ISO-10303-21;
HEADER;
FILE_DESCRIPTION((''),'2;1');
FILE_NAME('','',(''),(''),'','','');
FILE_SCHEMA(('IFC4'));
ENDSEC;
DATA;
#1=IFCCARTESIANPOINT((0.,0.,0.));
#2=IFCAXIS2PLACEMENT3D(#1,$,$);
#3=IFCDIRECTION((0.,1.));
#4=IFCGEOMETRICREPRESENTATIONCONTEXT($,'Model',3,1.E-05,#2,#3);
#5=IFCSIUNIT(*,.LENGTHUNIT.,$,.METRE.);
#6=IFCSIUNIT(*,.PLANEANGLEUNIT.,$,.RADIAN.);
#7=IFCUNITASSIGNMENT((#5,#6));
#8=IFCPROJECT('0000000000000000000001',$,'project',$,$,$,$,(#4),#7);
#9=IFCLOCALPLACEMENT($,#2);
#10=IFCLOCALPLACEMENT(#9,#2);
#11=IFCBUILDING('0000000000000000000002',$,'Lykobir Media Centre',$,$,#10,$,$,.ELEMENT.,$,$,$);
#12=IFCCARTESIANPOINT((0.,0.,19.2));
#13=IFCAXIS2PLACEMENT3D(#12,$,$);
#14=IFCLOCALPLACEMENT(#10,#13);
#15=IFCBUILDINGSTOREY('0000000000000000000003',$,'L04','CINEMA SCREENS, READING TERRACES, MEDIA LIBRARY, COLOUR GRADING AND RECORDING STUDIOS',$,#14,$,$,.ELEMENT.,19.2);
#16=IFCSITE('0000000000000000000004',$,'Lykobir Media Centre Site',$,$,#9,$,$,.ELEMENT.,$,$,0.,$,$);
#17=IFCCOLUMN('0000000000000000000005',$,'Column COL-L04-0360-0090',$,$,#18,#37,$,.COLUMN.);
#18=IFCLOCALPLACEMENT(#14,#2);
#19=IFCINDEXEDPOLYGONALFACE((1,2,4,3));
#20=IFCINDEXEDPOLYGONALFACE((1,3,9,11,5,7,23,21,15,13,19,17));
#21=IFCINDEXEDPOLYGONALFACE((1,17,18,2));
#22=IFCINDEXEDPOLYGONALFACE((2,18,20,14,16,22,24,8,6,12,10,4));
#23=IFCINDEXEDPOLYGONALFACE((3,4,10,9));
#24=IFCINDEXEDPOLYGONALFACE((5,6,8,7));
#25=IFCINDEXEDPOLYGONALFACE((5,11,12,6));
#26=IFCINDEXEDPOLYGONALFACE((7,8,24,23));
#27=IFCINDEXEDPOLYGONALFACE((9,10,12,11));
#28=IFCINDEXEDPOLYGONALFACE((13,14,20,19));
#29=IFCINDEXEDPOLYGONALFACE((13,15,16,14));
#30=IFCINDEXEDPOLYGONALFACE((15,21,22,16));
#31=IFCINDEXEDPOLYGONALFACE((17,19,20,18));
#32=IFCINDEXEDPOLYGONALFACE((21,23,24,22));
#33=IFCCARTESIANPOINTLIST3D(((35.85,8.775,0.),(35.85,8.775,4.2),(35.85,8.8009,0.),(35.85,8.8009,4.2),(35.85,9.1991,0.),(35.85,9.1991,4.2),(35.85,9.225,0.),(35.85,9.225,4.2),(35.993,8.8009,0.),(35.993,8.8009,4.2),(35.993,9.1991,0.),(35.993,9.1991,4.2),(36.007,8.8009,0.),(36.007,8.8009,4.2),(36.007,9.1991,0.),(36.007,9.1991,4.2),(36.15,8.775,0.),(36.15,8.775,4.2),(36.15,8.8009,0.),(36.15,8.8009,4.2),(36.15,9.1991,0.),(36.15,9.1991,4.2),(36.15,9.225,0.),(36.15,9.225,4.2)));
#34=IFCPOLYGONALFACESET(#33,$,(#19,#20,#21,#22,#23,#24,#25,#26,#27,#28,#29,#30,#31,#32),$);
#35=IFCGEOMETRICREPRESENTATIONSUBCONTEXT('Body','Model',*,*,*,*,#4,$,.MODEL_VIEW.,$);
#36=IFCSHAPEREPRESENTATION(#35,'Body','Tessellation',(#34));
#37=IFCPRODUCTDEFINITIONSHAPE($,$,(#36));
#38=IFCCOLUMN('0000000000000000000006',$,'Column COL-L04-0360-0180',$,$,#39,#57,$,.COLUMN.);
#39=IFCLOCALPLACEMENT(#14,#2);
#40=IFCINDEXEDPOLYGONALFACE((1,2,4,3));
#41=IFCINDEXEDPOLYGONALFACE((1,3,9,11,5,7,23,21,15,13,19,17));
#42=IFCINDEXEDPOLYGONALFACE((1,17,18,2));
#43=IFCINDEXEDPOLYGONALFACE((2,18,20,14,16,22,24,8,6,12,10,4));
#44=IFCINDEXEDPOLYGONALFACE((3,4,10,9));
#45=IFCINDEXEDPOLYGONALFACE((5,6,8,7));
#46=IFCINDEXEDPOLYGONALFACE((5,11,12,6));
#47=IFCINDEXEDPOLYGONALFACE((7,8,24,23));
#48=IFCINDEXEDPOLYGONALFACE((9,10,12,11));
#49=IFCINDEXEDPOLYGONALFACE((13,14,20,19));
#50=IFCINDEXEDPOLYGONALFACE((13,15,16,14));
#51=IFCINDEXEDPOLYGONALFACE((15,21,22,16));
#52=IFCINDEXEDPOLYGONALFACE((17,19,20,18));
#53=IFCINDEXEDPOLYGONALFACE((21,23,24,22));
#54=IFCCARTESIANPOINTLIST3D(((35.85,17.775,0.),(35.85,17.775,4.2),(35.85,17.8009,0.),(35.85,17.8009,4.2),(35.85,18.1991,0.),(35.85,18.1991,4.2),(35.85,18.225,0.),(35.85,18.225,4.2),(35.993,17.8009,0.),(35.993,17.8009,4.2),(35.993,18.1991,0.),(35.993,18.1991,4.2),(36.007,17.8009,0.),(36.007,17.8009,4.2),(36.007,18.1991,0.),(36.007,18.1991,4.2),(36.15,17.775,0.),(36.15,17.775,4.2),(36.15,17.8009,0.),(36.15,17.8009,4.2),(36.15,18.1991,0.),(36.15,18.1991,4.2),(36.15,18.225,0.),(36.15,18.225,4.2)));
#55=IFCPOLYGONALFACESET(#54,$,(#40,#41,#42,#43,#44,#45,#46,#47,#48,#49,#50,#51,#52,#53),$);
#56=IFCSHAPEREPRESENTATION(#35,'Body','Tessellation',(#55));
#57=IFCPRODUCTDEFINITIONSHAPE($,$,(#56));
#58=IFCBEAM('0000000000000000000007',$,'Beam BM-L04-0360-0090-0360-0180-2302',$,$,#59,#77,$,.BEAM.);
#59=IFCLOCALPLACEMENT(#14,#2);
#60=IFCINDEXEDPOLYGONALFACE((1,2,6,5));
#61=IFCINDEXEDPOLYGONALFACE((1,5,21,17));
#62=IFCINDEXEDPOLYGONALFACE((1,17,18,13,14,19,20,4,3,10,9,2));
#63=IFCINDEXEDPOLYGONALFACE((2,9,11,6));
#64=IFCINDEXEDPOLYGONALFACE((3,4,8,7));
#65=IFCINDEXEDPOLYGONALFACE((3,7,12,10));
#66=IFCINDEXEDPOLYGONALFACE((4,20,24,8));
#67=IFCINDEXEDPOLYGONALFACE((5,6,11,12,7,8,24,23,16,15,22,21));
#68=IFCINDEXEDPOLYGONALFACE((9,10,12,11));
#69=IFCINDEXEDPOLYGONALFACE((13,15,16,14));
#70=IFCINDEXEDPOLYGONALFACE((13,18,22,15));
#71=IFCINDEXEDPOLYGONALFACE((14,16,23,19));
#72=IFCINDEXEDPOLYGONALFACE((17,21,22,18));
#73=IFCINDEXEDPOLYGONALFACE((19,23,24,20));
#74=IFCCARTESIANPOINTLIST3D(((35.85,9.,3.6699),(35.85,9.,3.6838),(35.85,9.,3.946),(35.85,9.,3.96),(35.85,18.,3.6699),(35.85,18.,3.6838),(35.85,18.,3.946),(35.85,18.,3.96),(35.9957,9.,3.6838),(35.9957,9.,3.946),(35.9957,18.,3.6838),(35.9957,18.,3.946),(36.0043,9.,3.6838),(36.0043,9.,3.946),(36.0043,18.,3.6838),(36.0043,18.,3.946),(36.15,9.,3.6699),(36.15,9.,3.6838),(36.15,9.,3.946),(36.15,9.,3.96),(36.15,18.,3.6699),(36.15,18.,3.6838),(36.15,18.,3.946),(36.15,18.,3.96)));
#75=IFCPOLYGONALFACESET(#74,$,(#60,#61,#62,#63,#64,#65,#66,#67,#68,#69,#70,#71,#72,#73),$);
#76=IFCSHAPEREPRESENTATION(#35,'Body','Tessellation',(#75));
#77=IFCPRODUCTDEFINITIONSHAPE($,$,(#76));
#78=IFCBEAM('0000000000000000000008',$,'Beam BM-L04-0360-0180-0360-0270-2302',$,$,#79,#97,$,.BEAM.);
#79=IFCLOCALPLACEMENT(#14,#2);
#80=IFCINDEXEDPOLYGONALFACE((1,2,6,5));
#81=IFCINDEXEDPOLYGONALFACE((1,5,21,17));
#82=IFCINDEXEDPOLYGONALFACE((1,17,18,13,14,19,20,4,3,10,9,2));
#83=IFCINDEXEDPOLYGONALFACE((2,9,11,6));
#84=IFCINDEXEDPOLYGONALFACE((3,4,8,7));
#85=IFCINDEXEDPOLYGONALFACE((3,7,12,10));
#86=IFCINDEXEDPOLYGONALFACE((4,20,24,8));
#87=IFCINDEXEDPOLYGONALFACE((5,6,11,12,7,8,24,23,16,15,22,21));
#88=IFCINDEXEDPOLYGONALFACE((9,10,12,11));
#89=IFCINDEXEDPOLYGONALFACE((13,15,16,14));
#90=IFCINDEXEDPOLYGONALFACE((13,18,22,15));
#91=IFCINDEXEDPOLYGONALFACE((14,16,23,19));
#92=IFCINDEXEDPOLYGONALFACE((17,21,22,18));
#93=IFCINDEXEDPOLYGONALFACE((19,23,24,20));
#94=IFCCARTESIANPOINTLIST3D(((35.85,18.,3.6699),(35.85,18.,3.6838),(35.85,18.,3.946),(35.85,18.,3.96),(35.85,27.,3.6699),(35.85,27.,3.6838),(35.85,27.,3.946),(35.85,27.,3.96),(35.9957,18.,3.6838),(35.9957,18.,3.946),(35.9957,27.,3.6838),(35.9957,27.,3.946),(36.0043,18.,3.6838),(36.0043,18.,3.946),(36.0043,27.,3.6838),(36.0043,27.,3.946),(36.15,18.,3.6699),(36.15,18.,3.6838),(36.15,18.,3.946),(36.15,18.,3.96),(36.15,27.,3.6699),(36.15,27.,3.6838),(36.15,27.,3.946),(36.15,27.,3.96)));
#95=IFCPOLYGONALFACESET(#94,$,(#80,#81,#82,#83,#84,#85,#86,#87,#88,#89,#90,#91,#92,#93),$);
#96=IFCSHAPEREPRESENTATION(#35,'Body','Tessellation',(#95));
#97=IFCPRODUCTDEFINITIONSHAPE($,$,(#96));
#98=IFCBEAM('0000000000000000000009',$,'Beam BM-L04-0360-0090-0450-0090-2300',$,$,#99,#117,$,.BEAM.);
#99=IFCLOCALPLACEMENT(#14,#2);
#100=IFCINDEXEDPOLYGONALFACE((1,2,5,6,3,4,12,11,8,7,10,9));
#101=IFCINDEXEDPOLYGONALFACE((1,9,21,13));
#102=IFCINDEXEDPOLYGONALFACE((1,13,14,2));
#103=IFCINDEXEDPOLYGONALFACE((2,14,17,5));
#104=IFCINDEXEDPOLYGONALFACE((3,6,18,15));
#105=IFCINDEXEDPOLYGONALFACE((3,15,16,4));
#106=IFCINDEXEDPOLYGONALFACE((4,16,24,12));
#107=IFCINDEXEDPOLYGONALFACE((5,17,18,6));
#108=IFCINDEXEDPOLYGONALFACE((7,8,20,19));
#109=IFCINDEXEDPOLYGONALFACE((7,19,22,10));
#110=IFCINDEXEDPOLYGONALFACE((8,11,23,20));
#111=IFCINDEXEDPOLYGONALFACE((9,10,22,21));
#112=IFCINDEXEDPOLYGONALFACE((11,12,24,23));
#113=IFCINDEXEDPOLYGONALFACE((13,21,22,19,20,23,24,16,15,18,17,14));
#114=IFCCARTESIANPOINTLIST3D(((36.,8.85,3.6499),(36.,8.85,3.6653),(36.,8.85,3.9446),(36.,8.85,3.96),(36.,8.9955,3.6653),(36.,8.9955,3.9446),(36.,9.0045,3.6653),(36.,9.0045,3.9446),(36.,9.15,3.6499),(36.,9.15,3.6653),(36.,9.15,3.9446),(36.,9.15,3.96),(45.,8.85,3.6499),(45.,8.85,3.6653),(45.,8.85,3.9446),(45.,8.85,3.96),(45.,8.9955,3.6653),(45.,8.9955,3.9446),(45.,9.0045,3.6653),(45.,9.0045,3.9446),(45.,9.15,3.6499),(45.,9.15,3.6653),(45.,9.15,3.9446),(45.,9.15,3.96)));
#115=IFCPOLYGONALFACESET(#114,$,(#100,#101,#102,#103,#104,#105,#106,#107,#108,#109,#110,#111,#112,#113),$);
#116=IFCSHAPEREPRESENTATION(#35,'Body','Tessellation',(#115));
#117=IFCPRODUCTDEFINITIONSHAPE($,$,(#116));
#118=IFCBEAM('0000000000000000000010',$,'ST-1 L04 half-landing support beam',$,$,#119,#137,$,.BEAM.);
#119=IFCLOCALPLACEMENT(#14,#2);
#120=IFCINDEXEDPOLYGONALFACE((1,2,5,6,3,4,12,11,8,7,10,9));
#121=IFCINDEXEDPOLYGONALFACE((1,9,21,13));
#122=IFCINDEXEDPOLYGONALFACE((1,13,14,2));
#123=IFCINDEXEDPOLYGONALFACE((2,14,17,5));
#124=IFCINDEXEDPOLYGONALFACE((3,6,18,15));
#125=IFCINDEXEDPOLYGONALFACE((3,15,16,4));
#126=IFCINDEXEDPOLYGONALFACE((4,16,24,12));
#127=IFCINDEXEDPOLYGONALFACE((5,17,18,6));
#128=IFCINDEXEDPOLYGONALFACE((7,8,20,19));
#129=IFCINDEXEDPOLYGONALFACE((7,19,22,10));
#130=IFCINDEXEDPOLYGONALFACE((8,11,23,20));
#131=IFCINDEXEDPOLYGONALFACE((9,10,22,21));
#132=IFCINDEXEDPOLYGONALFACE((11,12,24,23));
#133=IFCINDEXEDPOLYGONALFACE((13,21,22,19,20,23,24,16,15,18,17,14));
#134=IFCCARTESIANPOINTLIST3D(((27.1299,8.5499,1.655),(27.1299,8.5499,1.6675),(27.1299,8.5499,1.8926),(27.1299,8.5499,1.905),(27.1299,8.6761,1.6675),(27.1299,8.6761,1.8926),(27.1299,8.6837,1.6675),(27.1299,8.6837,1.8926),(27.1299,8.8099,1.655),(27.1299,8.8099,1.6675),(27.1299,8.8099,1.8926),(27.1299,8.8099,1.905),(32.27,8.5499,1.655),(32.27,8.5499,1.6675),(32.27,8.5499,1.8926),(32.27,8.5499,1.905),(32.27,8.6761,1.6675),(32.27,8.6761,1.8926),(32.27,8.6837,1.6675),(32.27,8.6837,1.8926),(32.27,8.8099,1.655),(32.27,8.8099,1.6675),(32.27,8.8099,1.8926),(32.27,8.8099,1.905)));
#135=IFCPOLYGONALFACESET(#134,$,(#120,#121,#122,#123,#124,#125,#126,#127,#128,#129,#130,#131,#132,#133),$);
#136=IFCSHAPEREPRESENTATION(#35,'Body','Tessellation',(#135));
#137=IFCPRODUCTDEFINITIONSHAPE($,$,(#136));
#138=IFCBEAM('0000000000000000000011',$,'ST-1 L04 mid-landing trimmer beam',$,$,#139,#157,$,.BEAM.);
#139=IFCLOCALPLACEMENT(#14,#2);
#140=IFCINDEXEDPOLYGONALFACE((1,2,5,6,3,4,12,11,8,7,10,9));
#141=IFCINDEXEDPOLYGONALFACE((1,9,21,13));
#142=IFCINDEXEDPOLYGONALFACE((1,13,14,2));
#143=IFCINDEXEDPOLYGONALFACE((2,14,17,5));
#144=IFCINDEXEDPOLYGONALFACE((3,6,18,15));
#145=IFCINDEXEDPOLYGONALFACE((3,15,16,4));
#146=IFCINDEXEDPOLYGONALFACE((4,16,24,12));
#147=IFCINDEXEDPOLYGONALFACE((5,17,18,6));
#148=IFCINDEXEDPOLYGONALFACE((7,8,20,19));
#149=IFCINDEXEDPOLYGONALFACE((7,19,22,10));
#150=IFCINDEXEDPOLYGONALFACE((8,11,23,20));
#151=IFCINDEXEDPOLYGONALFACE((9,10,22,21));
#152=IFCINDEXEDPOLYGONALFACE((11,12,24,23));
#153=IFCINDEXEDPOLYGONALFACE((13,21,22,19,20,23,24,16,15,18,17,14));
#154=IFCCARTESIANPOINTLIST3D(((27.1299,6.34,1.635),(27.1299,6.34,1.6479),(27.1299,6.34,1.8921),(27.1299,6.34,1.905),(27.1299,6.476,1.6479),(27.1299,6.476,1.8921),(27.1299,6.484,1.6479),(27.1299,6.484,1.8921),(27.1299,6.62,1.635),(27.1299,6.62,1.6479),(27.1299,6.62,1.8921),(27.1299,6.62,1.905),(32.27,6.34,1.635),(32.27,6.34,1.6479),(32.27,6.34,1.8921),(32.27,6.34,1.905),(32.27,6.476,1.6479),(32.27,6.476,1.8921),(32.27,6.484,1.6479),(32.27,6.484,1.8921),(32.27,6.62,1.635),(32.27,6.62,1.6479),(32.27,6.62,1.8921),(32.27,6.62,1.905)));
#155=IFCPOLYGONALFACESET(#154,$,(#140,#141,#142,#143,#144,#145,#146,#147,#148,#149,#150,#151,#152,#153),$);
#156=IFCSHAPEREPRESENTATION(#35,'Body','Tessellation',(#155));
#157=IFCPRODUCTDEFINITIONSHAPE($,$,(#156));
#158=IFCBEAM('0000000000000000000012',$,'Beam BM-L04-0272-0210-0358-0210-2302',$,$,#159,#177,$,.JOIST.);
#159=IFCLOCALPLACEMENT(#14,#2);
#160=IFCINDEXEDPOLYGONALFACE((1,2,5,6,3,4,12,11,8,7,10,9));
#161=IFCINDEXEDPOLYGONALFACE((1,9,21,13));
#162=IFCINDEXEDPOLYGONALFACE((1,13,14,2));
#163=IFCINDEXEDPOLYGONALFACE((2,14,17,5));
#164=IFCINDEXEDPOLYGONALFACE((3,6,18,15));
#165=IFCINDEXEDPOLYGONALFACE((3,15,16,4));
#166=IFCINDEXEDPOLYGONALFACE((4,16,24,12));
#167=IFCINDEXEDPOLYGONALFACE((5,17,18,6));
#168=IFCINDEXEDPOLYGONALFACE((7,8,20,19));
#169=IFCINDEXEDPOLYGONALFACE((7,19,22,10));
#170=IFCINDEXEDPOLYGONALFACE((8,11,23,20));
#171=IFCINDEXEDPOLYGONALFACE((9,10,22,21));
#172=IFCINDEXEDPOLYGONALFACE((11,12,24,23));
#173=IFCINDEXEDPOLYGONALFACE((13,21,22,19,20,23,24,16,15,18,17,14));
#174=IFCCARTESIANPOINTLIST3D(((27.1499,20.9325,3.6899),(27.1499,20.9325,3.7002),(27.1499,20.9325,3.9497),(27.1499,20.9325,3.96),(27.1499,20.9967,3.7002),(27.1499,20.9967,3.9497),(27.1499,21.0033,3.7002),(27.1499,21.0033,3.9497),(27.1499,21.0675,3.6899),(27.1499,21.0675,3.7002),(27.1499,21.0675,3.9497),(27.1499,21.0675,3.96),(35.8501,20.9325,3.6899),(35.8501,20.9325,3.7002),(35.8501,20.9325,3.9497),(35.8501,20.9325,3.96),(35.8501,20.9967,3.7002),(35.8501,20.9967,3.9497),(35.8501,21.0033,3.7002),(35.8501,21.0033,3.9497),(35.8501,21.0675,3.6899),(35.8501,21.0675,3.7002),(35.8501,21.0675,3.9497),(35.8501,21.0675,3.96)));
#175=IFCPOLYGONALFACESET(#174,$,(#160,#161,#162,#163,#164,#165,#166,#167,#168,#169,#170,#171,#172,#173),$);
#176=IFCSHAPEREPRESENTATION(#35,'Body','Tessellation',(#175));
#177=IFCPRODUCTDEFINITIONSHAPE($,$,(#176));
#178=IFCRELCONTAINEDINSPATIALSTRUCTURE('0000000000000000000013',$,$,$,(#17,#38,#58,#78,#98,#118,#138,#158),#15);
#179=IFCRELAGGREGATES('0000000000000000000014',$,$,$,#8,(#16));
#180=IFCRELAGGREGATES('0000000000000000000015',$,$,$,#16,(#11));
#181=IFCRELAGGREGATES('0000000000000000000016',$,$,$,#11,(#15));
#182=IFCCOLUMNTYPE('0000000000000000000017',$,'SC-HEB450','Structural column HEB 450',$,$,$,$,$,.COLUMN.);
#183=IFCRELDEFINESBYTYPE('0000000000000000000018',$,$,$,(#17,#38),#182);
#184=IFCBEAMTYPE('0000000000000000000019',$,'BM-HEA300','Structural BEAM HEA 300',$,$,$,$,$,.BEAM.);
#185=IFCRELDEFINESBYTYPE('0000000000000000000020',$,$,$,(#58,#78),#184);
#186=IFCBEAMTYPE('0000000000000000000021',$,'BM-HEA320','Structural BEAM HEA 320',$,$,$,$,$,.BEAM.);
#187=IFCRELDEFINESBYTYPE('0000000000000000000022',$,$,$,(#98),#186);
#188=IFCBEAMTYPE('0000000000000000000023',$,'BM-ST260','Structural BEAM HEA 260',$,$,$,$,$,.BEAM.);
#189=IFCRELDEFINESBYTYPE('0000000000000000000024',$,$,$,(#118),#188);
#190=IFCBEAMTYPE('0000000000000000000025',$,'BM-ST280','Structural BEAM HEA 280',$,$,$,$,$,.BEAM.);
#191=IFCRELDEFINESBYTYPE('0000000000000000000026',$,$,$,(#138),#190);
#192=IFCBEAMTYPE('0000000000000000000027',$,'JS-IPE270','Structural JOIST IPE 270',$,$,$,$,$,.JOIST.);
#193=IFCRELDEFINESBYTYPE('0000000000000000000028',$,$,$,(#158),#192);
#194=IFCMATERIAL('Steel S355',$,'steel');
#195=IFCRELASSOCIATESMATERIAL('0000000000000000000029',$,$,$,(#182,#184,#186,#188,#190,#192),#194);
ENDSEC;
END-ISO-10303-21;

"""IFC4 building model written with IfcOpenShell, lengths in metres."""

from ifc_helpers import new_model, si_unit, direction, frame, origin, origin_2d, place, context, subcontext, project, spatial, i_section, extrude, material, material_profile, profile_set, type_object, element, save


model = new_model("IFC4")

# Units and contexts
model_context = context("Model", 3, precision=1e-05, world=origin(), true_north=direction((0.0, 1.0)))
body_context = subcontext(model_context, "Body", "Model", "MODEL_VIEW")
ifc_project = project(units=[si_unit("LENGTHUNIT", "METRE"), si_unit("PLANEANGLEUNIT", "RADIAN")], contexts=[model_context])

# Site, building, storey
site_placement = place(None, origin())
site = spatial("IfcSite", under=ifc_project, at=site_placement, Name="Lykobir Media Centre Site", CompositionType="ELEMENT", RefElevation=0.0)
building_placement = place(site_placement, origin())
building = spatial("IfcBuilding", under=site, at=building_placement, Name="Lykobir Media Centre", CompositionType="ELEMENT")
storey_placement = place(building_placement, frame((0.0, 0.0, 19.2)))
storey = spatial("IfcBuildingStorey", under=building, at=storey_placement, Name="L04", Description="CINEMA SCREENS, READING TERRACES, MEDIA LIBRARY, COLOUR GRADING AND RECORDING STUDIOS", CompositionType="ELEMENT", Elevation=19.2)

# Columns
ifc_material_1 = material(Name="Steel S355", Category="steel")
ifc_material_profile_1 = material_profile(ifc_material_1, i_section(OverallWidth=0.3, OverallDepth=0.45, WebThickness=0.0139, FlangeThickness=0.0259, at=origin_2d()), Name="HEB 450")
ifc_profile_set_1 = profile_set([ifc_material_profile_1], Name="Steel S355")
column_type = type_object("IfcColumnType", Name="SC-HEB450", Description="Structural column HEB 450", PredefinedType="COLUMN", material=ifc_profile_set_1)
for number, where, z_axis, x_axis, name in (
    (1, (36.0, 9.0, 0.0), (0.0, 0.0, 1.0), (1.0, 0.0, 0.0), "Column COL-L04-0360-0090"),
    (2, (36.0, 18.0, 0.0), (0.0, 0.0, 1.0), (1.0, 0.0, 0.0), "Column COL-L04-0360-0180"),
):
    element("IfcColumn", number, at=place(storey_placement, frame(where, z_axis=z_axis, x_axis=x_axis)), inside=storey, type_object=column_type, Name=name, PredefinedType="COLUMN", context=body_context, shape_type="SweptSolid", body=[
        extrude(i_section(OverallWidth=0.3, OverallDepth=0.45, WebThickness=0.0139, FlangeThickness=0.0259, at=origin_2d()), origin(), (0.0, 0.0, 1.0), 4.2),
    ])

# Beams
ifc_material_profile_2 = material_profile(ifc_material_1, i_section(OverallWidth=0.3, OverallDepth=0.29, WebThickness=0.0085, FlangeThickness=0.0139, at=origin_2d()), Name="HEA 300")
ifc_profile_set_2 = profile_set([ifc_material_profile_2], Name="Steel S355")
beam_type_1 = type_object("IfcBeamType", Name="BM-HEA300", Description="Structural BEAM HEA 300", PredefinedType="BEAM", material=ifc_profile_set_2)
for number, where, z_axis, x_axis, name in (
    (3, (36.0, 9.0, 3.8149), (0.0, 1.0, 0.0), (-1.0, 0.0, 0.0), "Beam BM-L04-0360-0090-0360-0180-2302"),
    (4, (36.0, 18.0, 3.8149), (0.0, 1.0, 0.0), (-1.0, 0.0, 0.0), "Beam BM-L04-0360-0180-0360-0270-2302"),
):
    element("IfcBeam", number, at=place(storey_placement, frame(where, z_axis=z_axis, x_axis=x_axis)), inside=storey, type_object=beam_type_1, Name=name, PredefinedType="BEAM", context=body_context, shape_type="SweptSolid", body=[
        extrude(i_section(OverallWidth=0.3, OverallDepth=0.29, WebThickness=0.0085, FlangeThickness=0.0139, at=origin_2d()), origin(), (0.0, 0.0, 1.0), 9.0),
    ])
ifc_material_profile_3 = material_profile(ifc_material_1, i_section(OverallWidth=0.3, OverallDepth=0.3101, WebThickness=0.009, FlangeThickness=0.0154, at=origin_2d()), Name="HEA 320")
ifc_profile_set_3 = profile_set([ifc_material_profile_3], Name="Steel S355")
beam_type_2 = type_object("IfcBeamType", Name="BM-HEA320", Description="Structural BEAM HEA 320", PredefinedType="BEAM", material=ifc_profile_set_3)
beam_1_placement = place(storey_placement, frame((36.0, 9.0, 3.8049), z_axis=(1.0, 0.0, 0.0), x_axis=(0.0, 1.0, 0.0)))
element("IfcBeam", 5, at=beam_1_placement, inside=storey, type_object=beam_type_2, Name="Beam BM-L04-0360-0090-0450-0090-2300", PredefinedType="BEAM", context=body_context, shape_type="SweptSolid", body=[
    extrude(i_section(OverallWidth=0.3, OverallDepth=0.3101, WebThickness=0.009, FlangeThickness=0.0154, at=origin_2d()), origin(), (0.0, 0.0, 1.0), 9.0),
])
ifc_material_profile_4 = material_profile(ifc_material_1, i_section(OverallWidth=0.26, OverallDepth=0.25, WebThickness=0.0076, FlangeThickness=0.0125, at=origin_2d()), Name="HEA 260")
ifc_profile_set_4 = profile_set([ifc_material_profile_4], Name="Steel S355")
beam_type_3 = type_object("IfcBeamType", Name="BM-ST260", Description="Structural BEAM HEA 260", PredefinedType="BEAM", material=ifc_profile_set_4)
beam_2_placement = place(storey_placement, frame((27.1299, 8.6799, 1.78), z_axis=(1.0, 0.0, 0.0), x_axis=(0.0, 1.0, 0.0)))
element("IfcBeam", 6, at=beam_2_placement, inside=storey, type_object=beam_type_3, Name="ST-1 L04 half-landing support beam", PredefinedType="BEAM", context=body_context, shape_type="SweptSolid", body=[
    extrude(i_section(OverallWidth=0.26, OverallDepth=0.25, WebThickness=0.0076, FlangeThickness=0.0125, at=origin_2d()), origin(), (0.0, 0.0, 1.0), 5.1401),
])
ifc_material_profile_5 = material_profile(ifc_material_1, i_section(OverallWidth=0.28, OverallDepth=0.27, WebThickness=0.0081, FlangeThickness=0.0129, at=origin_2d()), Name="HEA 280")
ifc_profile_set_5 = profile_set([ifc_material_profile_5], Name="Steel S355")
beam_type_4 = type_object("IfcBeamType", Name="BM-ST280", Description="Structural BEAM HEA 280", PredefinedType="BEAM", material=ifc_profile_set_5)
beam_3_placement = place(storey_placement, frame((27.1299, 6.48, 1.77), z_axis=(1.0, 0.0, 0.0), x_axis=(0.0, 1.0, 0.0)))
element("IfcBeam", 7, at=beam_3_placement, inside=storey, type_object=beam_type_4, Name="ST-1 L04 mid-landing trimmer beam", PredefinedType="BEAM", context=body_context, shape_type="SweptSolid", body=[
    extrude(i_section(OverallWidth=0.28, OverallDepth=0.27, WebThickness=0.0081, FlangeThickness=0.0129, at=origin_2d()), origin(), (0.0, 0.0, 1.0), 5.1401),
])
ifc_material_profile_6 = material_profile(ifc_material_1, i_section(OverallWidth=0.135, OverallDepth=0.27, WebThickness=0.0066, FlangeThickness=0.0103, at=origin_2d()), Name="IPE 270")
ifc_profile_set_6 = profile_set([ifc_material_profile_6], Name="Steel S355")
beam_type_5 = type_object("IfcBeamType", Name="JS-IPE270", Description="Structural JOIST IPE 270", PredefinedType="JOIST", material=ifc_profile_set_6)
beam_4_placement = place(storey_placement, frame((27.1499, 21.0, 3.825), z_axis=(1.0, 0.0, 0.0), x_axis=(0.0, 1.0, 0.0)))
element("IfcBeam", 8, at=beam_4_placement, inside=storey, type_object=beam_type_5, Name="Beam BM-L04-0272-0210-0358-0210-2302", PredefinedType="JOIST", context=body_context, shape_type="SweptSolid", body=[
    extrude(i_section(OverallWidth=0.135, OverallDepth=0.27, WebThickness=0.0066, FlangeThickness=0.0103, at=origin_2d()), origin(), (0.0, 0.0, 1.0), 8.7002),
])

save(model, "model.ifc")
